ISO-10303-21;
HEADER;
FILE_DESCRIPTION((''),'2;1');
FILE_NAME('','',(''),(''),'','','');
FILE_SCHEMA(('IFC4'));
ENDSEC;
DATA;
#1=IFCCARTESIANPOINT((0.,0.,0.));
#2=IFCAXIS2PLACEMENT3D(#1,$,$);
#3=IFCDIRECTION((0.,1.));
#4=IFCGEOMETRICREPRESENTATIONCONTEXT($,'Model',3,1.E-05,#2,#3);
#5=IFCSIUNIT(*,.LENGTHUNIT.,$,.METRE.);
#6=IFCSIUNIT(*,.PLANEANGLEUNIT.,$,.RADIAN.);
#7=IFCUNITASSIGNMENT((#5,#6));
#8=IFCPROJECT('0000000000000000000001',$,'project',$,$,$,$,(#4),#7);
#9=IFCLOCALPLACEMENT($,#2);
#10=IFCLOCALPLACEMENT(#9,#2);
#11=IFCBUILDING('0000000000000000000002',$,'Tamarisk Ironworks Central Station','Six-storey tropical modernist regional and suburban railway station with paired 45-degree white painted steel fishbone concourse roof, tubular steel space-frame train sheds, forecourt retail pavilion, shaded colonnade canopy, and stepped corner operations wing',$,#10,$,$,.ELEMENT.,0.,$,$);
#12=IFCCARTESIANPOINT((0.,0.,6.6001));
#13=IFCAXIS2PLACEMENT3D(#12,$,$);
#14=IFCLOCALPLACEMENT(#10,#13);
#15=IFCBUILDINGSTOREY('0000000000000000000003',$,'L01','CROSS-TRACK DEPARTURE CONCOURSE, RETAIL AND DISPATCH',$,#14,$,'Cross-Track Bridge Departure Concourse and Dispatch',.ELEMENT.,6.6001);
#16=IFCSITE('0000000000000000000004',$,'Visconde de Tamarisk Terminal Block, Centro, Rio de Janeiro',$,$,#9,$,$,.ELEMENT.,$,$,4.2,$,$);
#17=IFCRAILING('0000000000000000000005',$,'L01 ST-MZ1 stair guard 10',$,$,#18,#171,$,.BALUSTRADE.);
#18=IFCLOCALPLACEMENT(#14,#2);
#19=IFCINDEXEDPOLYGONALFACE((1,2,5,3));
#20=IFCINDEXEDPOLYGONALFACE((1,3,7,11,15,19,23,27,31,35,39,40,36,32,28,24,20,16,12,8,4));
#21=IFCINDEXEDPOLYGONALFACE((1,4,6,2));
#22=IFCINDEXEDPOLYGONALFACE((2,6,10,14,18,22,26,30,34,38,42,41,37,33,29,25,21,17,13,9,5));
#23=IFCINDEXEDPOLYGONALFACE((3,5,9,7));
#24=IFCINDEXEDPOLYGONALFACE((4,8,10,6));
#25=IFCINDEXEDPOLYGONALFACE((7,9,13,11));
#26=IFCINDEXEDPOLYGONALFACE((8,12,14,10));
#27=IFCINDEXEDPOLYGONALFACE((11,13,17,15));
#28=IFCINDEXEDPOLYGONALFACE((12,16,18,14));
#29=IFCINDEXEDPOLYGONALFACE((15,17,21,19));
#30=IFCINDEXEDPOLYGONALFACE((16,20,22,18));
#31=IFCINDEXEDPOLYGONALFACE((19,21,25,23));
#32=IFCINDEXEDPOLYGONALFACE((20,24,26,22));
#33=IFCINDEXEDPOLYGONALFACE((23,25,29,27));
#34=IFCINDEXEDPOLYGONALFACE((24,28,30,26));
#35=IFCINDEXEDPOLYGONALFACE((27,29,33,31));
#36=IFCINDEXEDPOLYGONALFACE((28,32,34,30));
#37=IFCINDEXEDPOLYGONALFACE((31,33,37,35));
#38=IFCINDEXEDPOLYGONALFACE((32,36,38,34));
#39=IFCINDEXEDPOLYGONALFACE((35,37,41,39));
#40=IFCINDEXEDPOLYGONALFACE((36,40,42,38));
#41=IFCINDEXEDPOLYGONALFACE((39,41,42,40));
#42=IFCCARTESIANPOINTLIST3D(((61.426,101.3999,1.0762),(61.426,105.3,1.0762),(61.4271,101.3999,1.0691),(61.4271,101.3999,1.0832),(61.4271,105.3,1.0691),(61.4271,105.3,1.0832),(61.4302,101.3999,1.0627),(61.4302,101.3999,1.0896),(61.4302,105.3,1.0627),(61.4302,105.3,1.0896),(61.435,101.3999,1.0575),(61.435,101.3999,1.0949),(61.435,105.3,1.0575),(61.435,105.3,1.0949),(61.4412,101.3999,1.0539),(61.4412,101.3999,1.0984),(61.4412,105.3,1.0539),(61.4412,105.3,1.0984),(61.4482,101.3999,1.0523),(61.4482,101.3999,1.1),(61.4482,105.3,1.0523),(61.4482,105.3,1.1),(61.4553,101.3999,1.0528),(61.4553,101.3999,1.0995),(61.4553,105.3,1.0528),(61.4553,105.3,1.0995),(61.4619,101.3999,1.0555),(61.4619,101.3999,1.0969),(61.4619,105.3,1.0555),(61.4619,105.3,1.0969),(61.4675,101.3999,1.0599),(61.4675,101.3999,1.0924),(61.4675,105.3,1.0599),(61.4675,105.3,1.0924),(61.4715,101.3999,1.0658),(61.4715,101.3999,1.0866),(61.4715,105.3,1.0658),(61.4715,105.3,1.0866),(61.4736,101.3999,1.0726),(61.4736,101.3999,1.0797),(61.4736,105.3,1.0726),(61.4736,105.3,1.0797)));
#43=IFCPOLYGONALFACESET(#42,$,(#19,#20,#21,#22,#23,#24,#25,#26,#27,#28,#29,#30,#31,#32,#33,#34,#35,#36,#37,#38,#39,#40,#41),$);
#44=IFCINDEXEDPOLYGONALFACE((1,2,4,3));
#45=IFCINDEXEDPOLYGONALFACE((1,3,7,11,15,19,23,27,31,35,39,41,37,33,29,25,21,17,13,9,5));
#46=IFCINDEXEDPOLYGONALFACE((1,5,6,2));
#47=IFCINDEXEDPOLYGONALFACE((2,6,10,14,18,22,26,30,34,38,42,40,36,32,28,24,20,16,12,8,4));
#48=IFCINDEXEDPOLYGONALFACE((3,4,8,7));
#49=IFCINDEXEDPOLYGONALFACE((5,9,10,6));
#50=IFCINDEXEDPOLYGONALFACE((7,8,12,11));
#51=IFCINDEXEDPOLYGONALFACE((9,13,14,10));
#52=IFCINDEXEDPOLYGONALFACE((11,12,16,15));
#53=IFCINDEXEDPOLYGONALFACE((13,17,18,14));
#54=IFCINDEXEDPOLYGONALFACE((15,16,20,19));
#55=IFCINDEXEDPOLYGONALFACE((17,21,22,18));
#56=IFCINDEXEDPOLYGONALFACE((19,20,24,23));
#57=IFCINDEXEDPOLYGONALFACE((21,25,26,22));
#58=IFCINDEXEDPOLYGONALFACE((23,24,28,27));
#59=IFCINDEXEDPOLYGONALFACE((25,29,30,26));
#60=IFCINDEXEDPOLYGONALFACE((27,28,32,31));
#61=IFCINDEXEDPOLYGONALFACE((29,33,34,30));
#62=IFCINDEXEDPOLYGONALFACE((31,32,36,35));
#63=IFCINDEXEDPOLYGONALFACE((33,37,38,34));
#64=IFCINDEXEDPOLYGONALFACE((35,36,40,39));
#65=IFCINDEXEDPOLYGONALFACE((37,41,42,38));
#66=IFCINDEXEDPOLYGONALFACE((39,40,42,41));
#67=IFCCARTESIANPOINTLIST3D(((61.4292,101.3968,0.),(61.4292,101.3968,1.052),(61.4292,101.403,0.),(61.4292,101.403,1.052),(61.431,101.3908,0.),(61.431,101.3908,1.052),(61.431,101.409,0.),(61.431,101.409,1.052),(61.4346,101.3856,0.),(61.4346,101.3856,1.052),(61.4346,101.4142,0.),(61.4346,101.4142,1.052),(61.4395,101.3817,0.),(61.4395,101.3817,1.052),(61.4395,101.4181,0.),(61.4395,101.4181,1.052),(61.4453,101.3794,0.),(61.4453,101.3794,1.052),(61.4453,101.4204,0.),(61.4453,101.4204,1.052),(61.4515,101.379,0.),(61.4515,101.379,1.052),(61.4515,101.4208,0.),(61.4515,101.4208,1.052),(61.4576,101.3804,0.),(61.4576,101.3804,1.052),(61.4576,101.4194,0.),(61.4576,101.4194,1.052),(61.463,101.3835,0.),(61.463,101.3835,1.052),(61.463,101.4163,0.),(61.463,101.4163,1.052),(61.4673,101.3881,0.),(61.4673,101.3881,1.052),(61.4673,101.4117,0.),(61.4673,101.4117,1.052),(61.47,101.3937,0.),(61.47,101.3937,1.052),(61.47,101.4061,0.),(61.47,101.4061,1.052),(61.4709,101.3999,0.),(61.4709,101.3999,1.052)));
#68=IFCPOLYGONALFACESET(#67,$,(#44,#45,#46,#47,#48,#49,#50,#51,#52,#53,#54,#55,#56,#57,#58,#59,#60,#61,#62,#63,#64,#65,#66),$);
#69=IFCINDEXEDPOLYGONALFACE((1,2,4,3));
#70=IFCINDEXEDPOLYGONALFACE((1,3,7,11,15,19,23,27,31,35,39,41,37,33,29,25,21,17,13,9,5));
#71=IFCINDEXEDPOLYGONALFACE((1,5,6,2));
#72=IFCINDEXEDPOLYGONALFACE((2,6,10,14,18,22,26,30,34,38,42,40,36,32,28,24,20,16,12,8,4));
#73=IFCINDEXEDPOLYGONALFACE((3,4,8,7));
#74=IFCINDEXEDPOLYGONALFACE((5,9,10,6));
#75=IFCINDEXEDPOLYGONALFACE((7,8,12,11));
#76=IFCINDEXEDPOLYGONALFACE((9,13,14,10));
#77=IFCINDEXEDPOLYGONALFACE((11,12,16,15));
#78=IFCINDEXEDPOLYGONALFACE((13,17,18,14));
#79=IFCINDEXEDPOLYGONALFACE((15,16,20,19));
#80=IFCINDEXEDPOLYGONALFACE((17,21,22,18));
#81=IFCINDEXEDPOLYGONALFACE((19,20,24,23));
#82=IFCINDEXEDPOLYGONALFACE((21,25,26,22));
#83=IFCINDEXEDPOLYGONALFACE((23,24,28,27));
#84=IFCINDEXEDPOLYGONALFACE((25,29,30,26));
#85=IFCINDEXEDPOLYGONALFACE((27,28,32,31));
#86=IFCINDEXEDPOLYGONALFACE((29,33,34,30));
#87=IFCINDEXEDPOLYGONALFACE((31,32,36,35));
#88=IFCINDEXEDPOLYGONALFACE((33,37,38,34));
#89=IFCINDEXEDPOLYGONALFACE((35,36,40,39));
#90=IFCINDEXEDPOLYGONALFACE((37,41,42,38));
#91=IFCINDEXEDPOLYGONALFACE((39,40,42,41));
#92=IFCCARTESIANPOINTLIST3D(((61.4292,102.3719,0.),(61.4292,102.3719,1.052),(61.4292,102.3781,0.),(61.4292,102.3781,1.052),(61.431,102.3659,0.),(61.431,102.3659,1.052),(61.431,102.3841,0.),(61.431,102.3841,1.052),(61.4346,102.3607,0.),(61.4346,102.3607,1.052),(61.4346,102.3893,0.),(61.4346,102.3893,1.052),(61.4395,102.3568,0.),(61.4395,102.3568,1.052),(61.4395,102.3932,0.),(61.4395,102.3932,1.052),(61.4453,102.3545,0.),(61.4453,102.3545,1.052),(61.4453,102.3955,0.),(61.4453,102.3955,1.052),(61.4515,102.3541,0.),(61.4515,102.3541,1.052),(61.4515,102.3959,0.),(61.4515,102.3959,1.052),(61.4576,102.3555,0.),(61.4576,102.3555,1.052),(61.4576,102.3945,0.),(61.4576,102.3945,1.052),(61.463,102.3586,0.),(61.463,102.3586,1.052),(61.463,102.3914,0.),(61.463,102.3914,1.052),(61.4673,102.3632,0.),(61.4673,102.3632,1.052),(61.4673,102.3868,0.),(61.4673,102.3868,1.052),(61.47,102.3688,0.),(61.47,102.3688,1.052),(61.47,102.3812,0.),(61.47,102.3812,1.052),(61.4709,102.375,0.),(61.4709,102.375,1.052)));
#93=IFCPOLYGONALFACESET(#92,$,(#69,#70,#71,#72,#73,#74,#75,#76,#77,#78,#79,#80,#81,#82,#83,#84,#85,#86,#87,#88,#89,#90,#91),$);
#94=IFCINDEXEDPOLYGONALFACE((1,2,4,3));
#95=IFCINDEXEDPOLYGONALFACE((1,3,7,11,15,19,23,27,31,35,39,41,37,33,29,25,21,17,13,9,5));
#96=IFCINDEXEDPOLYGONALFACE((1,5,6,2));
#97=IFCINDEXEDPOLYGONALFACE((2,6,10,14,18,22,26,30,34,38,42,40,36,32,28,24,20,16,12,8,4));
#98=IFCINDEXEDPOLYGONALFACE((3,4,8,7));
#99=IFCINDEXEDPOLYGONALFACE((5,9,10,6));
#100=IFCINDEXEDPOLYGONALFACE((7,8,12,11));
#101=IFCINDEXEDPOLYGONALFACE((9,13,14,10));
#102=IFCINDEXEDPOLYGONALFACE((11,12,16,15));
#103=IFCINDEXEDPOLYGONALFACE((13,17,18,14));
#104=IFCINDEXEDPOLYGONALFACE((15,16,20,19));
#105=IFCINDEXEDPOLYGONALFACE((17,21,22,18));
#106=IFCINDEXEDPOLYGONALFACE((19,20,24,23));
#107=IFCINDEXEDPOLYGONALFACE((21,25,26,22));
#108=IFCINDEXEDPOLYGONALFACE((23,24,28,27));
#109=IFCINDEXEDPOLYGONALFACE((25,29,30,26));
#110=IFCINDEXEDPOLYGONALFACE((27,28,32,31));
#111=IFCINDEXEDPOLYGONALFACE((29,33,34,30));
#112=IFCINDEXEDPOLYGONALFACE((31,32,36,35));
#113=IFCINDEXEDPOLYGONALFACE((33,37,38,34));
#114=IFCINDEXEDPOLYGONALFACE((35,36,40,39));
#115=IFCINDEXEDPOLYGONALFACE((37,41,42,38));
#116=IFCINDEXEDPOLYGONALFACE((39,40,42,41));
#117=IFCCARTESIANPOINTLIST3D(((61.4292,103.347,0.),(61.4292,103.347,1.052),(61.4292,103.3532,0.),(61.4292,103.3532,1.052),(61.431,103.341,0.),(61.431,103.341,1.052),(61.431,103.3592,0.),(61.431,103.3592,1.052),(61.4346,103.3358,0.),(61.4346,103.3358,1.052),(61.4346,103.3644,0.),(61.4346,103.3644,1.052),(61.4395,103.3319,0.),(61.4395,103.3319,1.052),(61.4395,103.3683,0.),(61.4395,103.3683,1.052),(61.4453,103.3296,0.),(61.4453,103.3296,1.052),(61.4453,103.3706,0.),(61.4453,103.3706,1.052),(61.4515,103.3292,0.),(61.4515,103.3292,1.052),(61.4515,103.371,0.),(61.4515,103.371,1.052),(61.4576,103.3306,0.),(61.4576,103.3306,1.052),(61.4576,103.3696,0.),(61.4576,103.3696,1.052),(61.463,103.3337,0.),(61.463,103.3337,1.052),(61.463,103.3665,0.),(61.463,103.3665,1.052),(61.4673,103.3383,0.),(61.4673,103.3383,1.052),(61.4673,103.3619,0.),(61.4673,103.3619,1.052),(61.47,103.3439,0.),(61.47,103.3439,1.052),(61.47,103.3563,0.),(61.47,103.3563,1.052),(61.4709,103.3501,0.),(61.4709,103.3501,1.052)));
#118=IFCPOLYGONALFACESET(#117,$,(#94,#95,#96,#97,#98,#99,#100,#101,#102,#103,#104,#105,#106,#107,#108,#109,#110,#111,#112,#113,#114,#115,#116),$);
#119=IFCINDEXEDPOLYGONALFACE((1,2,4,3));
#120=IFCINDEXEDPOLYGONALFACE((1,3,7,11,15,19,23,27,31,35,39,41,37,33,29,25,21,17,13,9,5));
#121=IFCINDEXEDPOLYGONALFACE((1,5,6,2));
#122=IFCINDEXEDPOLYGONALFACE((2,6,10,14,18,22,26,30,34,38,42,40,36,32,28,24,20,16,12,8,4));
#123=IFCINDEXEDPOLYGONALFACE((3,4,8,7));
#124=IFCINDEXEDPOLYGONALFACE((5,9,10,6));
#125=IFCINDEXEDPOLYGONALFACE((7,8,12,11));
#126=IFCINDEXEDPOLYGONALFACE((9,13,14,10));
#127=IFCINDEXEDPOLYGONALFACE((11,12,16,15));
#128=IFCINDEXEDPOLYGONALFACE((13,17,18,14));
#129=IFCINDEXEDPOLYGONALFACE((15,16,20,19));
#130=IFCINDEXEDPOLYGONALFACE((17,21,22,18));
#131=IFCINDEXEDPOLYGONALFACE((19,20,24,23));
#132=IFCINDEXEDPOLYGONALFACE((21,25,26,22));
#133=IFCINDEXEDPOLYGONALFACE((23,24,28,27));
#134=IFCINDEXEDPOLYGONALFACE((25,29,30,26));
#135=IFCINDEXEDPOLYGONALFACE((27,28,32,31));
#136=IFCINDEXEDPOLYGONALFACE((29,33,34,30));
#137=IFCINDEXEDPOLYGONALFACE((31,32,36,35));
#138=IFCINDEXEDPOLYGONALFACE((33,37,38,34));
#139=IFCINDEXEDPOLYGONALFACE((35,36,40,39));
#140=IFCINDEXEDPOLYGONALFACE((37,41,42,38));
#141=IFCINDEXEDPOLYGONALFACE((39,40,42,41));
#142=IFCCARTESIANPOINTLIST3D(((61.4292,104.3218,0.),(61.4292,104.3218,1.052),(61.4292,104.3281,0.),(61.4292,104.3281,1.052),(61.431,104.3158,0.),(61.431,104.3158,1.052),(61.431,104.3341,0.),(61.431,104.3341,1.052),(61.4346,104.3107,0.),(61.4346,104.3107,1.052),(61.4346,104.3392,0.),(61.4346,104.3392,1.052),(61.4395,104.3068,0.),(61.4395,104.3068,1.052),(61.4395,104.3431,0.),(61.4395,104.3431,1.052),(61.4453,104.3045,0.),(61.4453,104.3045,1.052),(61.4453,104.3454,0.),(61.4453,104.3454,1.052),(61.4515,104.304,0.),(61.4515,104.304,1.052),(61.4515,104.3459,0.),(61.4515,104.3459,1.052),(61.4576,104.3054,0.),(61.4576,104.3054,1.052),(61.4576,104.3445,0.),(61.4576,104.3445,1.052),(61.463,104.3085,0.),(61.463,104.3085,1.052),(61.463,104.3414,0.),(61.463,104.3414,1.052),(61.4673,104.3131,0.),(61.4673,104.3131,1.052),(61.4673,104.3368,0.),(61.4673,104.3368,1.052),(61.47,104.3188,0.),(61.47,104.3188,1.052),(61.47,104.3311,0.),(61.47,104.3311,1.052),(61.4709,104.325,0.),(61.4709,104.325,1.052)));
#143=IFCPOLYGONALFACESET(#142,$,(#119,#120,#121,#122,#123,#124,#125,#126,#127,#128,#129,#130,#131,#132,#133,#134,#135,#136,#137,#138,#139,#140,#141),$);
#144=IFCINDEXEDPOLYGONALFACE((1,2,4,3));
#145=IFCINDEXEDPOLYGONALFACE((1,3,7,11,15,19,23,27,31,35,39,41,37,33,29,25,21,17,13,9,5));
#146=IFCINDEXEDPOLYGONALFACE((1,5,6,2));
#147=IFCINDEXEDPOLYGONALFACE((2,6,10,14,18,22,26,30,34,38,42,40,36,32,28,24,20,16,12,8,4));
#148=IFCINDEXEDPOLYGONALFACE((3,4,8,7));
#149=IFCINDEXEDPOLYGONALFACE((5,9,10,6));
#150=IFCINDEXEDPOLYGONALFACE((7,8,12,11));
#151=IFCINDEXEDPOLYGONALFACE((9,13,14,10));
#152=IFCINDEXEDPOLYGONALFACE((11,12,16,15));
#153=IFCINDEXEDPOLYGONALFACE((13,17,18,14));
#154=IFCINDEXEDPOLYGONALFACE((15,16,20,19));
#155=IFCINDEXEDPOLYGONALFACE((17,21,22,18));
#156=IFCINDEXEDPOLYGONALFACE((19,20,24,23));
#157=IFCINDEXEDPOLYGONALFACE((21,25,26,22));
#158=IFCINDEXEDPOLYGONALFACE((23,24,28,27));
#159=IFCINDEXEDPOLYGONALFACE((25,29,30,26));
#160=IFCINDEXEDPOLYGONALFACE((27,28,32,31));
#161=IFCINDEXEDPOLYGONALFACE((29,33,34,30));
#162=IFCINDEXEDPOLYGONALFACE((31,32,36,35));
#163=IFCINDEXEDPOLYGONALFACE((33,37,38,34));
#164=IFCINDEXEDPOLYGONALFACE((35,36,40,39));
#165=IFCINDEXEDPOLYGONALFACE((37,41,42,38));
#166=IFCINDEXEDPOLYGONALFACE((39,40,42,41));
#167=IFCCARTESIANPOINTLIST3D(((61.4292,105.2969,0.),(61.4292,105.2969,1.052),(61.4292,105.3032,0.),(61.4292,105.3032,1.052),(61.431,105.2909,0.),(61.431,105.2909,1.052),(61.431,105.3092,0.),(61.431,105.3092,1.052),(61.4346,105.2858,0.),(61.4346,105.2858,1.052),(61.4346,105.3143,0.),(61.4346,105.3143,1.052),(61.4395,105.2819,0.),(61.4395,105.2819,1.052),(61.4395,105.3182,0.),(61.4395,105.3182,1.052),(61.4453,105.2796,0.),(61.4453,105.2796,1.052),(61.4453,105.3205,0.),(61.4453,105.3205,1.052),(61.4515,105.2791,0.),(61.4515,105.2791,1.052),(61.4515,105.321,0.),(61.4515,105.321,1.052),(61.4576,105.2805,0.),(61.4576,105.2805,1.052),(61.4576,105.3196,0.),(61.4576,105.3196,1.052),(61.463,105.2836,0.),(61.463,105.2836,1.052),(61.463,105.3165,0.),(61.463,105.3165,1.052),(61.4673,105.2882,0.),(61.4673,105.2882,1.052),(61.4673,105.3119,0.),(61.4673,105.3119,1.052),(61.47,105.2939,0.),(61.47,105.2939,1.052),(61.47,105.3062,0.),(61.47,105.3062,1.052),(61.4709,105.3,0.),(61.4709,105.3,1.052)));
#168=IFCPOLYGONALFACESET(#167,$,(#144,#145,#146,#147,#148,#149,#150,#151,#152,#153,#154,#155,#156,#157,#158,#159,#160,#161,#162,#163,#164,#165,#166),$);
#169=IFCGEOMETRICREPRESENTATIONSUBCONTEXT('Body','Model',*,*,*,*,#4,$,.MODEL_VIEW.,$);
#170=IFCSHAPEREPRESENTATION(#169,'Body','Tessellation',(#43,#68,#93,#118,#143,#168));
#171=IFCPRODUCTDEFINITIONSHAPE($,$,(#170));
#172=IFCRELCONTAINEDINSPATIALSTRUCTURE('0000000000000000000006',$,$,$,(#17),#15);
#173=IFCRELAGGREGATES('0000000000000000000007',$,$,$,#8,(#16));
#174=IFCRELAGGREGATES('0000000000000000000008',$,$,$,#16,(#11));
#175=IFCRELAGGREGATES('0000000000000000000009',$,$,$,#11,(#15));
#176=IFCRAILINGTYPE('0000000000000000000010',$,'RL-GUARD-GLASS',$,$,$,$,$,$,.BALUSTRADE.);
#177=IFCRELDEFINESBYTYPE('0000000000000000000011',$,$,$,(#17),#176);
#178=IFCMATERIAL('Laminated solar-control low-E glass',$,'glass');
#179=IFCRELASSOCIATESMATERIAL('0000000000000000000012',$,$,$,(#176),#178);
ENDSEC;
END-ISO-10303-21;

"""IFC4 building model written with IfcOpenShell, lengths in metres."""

from ifc_helpers import new_model, si_unit, direction, frame, origin, origin_2d, place, context, subcontext, project, spatial, circle, extrude, material, type_object, element, save


model = new_model("IFC4")

# Units and contexts
model_context = context("Model", 3, precision=1e-05, world=origin(), true_north=direction((0.0, 1.0)))
body_context = subcontext(model_context, "Body", "Model", "MODEL_VIEW")
ifc_project = project(units=[si_unit("LENGTHUNIT", "METRE"), si_unit("PLANEANGLEUNIT", "RADIAN")], contexts=[model_context])

# Site, building, storey
site_placement = place(None, origin())
site = spatial("IfcSite", under=ifc_project, at=site_placement, Name="Visconde de Tamarisk Terminal Block, Centro, Rio de Janeiro", CompositionType="ELEMENT", RefElevation=4.2)
building_placement = place(site_placement, origin())
building = spatial("IfcBuilding", under=site, at=building_placement, Name="Tamarisk Ironworks Central Station", Description="Six-storey tropical modernist regional and suburban railway station with paired 45-degree white painted steel fishbone concourse roof, tubular steel space-frame train sheds, forecourt retail pavilion, shaded colonnade canopy, and stepped corner operations wing", CompositionType="ELEMENT", ElevationOfRefHeight=0.0)
storey_placement = place(building_placement, frame((0.0, 0.0, 6.6001)))
storey = spatial("IfcBuildingStorey", under=building, at=storey_placement, Name="L01", Description="CROSS-TRACK DEPARTURE CONCOURSE, RETAIL AND DISPATCH", LongName="Cross-Track Bridge Departure Concourse and Dispatch", CompositionType="ELEMENT", Elevation=6.6001)

# Railing
ifc_material_1 = material(Name="Laminated solar-control low-E glass", Category="glass")
railing_type_1 = type_object("IfcRailingType", Name="RL-GUARD-GLASS", PredefinedType="BALUSTRADE", material=ifc_material_1)
railing_1_placement = place(storey_placement, frame((61.45, 101.3999, 0.0)))
element("IfcRailing", 1, at=railing_1_placement, inside=storey, type_object=railing_type_1, Name="L01 ST-MZ1 stair guard 10", PredefinedType="BALUSTRADE", context=body_context, shape_type="SweptSolid", body=[
    extrude(circle(Radius=0.0239, at=origin_2d()), frame((0.0, 0.0, 1.0762), z_axis=(0.0, 1.0, 0.0), x_axis=(-1.0, 0.0, 0.0)), (0.0, 0.0, 1.0), 3.9001),
    extrude(circle(Radius=0.021, at=origin_2d()), origin(), (0.0, 0.0, 1.0), 1.052),
    extrude(circle(Radius=0.021, at=origin_2d()), frame((0.0, 0.9751, 0.0)), (0.0, 0.0, 1.0), 1.052),
    extrude(circle(Radius=0.021, at=origin_2d()), frame((0.0, 1.9502, 0.0)), (0.0, 0.0, 1.0), 1.052),
    extrude(circle(Radius=0.021, at=origin_2d()), frame((0.0, 2.925, 0.0)), (0.0, 0.0, 1.0), 1.052),
    extrude(circle(Radius=0.021, at=origin_2d()), frame((0.0, 3.9001, 0.0)), (0.0, 0.0, 1.0), 1.052),
])

save(model, "model.ifc")
